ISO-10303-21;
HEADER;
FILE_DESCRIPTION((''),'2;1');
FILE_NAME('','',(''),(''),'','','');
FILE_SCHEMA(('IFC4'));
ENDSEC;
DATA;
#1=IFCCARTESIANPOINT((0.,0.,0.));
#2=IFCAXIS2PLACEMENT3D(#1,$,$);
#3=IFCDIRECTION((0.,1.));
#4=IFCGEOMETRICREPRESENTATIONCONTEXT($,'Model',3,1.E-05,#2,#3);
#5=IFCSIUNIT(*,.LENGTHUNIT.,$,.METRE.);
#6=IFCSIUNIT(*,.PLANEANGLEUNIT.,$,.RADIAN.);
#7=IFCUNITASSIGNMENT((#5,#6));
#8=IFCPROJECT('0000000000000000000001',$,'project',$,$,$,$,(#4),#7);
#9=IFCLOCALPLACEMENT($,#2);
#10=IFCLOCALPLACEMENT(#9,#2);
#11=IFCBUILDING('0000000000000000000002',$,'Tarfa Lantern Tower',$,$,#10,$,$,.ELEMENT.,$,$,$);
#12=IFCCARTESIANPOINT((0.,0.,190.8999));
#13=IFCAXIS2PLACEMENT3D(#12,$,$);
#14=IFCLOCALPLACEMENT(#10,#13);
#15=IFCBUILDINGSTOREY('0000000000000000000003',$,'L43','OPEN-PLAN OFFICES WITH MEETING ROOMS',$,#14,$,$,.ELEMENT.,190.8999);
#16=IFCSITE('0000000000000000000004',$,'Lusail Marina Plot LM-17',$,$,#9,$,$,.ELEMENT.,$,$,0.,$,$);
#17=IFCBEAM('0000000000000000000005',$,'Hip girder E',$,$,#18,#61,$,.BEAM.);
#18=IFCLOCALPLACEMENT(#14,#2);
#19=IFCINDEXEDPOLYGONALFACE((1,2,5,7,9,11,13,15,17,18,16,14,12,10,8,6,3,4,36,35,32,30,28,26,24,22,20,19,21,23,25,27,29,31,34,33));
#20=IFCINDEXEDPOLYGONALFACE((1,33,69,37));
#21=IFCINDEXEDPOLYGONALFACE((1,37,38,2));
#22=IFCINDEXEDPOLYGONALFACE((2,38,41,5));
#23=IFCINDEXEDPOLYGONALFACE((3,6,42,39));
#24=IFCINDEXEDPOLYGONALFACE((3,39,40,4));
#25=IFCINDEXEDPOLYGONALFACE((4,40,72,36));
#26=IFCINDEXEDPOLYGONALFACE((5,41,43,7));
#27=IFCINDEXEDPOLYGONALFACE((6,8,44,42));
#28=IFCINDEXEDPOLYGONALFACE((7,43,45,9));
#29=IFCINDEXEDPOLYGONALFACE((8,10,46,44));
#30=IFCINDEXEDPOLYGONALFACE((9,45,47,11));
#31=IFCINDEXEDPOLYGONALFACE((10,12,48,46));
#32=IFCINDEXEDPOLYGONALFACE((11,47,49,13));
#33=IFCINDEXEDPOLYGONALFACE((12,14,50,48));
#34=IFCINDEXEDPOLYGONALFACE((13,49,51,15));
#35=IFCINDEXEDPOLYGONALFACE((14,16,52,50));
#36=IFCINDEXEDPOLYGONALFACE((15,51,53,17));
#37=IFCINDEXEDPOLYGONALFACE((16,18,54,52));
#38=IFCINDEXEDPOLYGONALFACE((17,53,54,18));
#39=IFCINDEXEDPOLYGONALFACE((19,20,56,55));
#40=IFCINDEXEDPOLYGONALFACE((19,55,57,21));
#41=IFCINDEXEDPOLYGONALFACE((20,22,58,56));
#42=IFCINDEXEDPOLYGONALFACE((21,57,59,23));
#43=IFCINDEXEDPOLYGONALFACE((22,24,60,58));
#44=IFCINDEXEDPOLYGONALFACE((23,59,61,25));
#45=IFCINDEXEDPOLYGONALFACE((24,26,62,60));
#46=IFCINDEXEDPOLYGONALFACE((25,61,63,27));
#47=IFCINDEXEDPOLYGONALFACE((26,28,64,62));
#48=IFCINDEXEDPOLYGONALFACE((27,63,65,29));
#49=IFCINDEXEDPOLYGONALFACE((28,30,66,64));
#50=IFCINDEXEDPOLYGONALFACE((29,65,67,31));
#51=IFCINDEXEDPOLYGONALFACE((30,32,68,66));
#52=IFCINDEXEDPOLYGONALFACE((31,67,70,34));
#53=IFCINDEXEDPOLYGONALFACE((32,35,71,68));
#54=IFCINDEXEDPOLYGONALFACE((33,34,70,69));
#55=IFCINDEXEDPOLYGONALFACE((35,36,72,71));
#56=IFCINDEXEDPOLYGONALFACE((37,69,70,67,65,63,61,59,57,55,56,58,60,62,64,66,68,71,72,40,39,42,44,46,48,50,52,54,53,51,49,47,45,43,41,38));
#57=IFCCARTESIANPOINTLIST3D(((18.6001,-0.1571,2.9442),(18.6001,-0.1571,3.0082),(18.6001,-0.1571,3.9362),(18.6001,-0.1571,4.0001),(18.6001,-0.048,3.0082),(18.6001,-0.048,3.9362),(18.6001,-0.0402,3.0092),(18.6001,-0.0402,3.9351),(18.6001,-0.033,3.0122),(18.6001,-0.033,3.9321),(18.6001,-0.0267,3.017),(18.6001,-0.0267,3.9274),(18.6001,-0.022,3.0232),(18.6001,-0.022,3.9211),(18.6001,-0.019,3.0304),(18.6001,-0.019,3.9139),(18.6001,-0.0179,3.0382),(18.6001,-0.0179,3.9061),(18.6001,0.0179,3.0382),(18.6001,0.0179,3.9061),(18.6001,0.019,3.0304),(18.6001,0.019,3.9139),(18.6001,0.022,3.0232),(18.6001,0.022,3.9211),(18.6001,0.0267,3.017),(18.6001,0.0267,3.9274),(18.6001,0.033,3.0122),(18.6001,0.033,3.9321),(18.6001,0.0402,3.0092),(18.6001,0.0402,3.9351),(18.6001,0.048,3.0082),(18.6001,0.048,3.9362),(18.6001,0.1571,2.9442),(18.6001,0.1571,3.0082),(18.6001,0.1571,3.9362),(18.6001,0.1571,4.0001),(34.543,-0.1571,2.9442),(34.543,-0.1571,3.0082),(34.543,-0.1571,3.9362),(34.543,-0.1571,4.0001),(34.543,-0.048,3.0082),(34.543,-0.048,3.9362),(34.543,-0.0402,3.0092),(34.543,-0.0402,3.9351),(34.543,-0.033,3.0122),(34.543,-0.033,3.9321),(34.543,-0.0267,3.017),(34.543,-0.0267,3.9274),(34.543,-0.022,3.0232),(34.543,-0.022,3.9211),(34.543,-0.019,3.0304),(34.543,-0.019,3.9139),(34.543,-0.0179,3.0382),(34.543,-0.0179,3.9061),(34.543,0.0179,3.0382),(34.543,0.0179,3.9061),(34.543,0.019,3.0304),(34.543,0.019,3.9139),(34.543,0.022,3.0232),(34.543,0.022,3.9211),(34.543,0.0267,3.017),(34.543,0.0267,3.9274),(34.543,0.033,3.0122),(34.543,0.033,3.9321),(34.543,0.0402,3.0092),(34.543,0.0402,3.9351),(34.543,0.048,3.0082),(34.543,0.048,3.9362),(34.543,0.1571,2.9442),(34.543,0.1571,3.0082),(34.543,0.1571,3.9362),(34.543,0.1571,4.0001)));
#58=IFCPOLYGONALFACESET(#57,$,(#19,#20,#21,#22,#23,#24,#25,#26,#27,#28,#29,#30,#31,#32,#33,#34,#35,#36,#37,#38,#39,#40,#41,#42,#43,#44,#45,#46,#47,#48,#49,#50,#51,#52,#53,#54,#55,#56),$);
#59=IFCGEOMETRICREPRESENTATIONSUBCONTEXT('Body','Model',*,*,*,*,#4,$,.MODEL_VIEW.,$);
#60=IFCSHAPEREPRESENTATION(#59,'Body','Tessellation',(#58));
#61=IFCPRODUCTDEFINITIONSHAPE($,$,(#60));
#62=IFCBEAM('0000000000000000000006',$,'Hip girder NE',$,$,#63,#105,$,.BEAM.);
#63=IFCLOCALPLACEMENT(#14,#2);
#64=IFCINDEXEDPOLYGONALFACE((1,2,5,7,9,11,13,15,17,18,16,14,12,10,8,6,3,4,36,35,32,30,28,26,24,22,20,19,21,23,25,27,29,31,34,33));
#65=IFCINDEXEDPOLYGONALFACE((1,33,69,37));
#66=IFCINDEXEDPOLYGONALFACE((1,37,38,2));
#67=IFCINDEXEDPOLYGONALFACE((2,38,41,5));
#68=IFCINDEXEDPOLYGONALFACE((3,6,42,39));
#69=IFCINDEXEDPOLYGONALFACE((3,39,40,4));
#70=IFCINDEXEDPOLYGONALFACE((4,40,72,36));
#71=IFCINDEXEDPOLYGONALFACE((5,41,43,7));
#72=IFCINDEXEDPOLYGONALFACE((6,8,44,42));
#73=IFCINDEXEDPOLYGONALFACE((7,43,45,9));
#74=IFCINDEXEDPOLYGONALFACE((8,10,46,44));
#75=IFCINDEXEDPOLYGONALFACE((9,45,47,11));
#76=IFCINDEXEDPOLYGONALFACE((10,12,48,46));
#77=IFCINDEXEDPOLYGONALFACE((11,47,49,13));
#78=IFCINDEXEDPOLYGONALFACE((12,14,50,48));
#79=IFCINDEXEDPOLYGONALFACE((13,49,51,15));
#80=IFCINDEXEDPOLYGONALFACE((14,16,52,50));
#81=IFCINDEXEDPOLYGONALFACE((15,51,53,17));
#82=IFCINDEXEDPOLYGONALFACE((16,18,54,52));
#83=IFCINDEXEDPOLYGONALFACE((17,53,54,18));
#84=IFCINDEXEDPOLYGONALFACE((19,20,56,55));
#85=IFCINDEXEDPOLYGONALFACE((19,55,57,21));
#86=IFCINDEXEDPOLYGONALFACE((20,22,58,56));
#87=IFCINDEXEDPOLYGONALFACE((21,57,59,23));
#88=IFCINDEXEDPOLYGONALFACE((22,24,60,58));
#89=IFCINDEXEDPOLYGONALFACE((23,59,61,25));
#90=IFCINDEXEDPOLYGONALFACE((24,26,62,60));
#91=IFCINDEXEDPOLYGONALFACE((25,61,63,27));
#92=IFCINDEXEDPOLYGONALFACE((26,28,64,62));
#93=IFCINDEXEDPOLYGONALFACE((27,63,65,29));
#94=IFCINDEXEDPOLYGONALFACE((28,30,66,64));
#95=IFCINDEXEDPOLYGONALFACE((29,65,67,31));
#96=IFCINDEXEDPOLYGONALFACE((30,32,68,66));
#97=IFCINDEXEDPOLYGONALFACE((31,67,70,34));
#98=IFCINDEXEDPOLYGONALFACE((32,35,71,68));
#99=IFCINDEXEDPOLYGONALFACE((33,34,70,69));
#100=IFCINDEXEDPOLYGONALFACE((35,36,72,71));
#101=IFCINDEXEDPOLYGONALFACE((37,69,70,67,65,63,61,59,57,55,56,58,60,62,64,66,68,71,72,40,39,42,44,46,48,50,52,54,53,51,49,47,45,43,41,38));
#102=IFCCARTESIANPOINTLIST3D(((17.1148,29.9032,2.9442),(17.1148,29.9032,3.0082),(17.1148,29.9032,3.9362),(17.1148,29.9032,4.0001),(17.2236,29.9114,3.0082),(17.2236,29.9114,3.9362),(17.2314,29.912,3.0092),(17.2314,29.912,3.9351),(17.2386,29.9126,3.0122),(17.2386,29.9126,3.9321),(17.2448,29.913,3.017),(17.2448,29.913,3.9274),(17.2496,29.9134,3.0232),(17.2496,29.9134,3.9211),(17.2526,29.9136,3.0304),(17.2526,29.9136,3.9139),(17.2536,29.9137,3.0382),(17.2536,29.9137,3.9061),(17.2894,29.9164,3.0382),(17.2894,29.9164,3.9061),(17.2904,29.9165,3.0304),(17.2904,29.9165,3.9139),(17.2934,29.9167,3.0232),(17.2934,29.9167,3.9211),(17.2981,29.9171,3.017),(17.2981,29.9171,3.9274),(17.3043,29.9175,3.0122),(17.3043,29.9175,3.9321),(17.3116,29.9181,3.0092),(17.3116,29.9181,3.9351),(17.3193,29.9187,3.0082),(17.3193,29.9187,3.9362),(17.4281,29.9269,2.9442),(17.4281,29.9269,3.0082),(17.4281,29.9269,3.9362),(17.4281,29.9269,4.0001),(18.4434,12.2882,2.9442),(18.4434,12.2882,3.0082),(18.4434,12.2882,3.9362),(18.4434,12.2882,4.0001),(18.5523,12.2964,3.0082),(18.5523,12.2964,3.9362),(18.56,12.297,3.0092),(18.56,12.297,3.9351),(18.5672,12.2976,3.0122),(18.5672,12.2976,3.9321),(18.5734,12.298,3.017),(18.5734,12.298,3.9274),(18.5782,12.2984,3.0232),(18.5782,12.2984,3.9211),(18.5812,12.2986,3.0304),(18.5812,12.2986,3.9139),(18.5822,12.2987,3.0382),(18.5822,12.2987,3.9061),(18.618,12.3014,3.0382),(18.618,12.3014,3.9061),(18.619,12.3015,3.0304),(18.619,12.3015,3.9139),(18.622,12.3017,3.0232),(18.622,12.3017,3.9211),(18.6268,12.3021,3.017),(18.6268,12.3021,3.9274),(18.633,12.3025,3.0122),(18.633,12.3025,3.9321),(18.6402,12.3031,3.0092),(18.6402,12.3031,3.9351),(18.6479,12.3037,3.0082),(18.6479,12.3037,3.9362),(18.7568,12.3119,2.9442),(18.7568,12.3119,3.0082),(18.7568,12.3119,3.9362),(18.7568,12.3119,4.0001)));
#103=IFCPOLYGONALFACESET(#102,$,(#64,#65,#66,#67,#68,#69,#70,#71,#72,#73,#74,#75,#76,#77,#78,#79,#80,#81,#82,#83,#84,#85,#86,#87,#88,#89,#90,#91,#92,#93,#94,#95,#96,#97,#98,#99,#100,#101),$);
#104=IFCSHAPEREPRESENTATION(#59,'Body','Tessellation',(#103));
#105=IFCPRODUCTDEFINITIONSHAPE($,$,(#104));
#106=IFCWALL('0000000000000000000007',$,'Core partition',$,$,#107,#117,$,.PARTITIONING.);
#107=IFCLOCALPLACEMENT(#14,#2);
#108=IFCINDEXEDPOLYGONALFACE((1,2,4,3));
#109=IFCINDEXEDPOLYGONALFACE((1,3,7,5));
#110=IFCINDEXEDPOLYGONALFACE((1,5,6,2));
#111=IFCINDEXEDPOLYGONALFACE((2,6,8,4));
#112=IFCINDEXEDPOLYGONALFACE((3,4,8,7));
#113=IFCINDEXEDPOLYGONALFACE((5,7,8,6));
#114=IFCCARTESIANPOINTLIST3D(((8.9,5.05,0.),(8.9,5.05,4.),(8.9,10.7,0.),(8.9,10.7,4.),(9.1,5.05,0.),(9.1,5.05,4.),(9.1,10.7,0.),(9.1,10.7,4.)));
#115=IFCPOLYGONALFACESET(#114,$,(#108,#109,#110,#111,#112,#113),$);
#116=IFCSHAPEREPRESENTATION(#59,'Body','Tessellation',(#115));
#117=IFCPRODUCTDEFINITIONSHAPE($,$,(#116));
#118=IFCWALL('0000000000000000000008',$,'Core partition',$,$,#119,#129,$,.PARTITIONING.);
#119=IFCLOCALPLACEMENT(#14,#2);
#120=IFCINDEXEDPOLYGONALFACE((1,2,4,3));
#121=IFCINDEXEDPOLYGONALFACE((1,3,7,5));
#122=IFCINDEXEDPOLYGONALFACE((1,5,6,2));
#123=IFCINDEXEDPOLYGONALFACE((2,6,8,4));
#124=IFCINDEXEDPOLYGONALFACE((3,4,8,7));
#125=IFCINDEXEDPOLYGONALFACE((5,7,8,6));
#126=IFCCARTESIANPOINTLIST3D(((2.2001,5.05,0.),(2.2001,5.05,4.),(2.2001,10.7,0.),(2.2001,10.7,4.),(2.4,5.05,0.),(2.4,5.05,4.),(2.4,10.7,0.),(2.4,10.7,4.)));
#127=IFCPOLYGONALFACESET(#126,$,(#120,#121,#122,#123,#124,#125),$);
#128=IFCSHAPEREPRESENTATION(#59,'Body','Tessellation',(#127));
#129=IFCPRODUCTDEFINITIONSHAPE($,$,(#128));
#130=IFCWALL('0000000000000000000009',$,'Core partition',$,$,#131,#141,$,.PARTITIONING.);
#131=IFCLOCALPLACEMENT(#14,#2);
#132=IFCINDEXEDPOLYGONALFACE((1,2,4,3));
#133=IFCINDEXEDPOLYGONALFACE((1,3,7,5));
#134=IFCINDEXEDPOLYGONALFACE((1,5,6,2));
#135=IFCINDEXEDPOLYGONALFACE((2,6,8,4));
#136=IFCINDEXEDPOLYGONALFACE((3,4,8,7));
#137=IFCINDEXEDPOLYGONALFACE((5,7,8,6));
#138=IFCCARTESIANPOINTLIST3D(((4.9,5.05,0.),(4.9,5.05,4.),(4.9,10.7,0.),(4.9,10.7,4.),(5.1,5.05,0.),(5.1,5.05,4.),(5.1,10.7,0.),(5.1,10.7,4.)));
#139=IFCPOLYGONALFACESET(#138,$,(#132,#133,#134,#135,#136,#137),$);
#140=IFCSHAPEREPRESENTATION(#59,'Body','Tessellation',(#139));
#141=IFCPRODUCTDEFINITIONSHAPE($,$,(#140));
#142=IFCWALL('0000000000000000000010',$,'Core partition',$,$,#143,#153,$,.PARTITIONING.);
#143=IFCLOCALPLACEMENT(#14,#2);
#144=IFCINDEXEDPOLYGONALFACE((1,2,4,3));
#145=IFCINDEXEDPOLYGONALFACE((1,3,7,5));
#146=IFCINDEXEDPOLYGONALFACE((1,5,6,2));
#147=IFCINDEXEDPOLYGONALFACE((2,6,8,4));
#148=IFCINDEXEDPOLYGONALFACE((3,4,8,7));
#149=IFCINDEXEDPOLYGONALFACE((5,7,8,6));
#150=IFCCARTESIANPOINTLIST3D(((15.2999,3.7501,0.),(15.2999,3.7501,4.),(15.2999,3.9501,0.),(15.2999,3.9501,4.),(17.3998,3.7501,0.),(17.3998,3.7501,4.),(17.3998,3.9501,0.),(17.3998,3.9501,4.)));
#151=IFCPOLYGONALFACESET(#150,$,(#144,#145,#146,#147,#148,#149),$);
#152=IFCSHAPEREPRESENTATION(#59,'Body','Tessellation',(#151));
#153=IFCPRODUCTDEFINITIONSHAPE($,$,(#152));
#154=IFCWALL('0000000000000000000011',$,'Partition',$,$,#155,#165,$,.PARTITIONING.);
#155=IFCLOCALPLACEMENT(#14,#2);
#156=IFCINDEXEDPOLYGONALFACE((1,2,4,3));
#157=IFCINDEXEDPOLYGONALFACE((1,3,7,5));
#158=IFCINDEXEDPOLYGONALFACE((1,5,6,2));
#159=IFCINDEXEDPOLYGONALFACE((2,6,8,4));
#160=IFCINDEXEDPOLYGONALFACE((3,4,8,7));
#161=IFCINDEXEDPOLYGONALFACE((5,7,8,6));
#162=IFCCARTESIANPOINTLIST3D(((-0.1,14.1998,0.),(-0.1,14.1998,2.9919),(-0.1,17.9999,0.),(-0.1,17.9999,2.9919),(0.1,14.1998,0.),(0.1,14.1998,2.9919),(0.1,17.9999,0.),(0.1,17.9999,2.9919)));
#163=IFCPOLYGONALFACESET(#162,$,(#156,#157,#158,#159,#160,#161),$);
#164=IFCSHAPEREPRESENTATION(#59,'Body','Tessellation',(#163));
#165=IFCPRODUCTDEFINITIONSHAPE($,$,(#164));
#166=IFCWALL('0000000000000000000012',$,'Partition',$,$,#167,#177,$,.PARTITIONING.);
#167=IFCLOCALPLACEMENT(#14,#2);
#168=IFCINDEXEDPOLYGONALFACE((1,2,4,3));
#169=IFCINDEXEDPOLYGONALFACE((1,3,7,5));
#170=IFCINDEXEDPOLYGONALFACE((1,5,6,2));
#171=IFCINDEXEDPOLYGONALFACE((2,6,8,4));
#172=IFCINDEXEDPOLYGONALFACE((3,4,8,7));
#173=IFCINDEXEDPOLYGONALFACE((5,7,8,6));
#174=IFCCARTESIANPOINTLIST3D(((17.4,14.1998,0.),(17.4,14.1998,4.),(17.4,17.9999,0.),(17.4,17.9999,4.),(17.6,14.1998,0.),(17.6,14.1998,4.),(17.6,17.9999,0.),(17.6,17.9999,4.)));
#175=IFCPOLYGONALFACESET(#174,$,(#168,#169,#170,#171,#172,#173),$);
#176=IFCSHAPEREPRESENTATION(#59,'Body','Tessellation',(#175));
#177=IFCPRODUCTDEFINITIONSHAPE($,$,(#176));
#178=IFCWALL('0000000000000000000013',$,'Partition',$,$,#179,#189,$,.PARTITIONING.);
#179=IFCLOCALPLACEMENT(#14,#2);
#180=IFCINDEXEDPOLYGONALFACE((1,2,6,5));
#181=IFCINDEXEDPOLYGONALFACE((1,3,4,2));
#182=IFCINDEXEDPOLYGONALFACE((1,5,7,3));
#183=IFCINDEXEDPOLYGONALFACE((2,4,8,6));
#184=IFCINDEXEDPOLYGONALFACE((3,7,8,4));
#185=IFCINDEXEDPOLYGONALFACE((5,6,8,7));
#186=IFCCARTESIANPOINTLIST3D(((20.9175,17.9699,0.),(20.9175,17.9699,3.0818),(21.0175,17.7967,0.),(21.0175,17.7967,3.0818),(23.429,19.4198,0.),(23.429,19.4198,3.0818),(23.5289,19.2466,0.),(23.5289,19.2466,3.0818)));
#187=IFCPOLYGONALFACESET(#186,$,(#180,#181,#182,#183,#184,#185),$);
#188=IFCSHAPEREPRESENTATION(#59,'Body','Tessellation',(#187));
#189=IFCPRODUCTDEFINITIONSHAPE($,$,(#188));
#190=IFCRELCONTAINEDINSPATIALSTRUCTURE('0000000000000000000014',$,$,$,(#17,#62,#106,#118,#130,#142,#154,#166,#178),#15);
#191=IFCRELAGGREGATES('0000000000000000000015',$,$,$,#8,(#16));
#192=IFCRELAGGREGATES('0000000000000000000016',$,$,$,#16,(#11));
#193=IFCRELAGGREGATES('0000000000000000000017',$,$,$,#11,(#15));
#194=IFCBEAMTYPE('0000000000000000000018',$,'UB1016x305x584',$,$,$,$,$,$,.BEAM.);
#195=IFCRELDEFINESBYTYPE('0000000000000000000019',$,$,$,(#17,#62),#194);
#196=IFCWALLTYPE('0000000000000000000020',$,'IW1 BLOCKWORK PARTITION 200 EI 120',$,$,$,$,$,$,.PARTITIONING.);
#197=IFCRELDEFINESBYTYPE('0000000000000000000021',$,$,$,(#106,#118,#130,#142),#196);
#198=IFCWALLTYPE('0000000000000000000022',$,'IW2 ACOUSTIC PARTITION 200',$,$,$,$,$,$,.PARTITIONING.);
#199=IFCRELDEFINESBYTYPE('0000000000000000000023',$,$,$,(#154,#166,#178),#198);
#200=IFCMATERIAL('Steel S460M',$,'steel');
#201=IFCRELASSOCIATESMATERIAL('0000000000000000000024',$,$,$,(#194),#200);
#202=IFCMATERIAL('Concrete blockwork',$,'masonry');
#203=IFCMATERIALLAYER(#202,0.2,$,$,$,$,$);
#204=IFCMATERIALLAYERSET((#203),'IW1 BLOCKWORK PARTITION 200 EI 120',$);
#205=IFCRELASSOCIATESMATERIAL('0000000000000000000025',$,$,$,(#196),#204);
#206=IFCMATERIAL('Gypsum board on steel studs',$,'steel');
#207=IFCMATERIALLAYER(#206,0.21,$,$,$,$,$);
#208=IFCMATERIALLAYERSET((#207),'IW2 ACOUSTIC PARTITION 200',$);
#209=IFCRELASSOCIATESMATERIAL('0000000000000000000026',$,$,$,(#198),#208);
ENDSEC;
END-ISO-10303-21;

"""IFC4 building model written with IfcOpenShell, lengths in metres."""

from ifc_helpers import new_model, si_unit, direction, frame, frame_2d, origin, origin_2d, place, context, subcontext, project, spatial, rectangle, i_section, extrude, material, layer, layer_set, material_profile, profile_set, type_object, element, save


model = new_model("IFC4")

# Units and contexts
model_context = context("Model", 3, precision=1e-05, world=origin(), true_north=direction((0.0, 1.0)))
body_context = subcontext(model_context, "Body", "Model", "MODEL_VIEW")
ifc_project = project(units=[si_unit("LENGTHUNIT", "METRE"), si_unit("PLANEANGLEUNIT", "RADIAN")], contexts=[model_context])

# Site, building, storey
site_placement = place(None, origin())
site = spatial("IfcSite", under=ifc_project, at=site_placement, Name="Lusail Marina Plot LM-17", CompositionType="ELEMENT", RefElevation=0.0)
building_placement = place(site_placement, origin())
building = spatial("IfcBuilding", under=site, at=building_placement, Name="Tarfa Lantern Tower", CompositionType="ELEMENT")
storey_placement = place(building_placement, frame((0.0, 0.0, 190.8999)))
storey = spatial("IfcBuildingStorey", under=building, at=storey_placement, Name="L43", Description="OPEN-PLAN OFFICES WITH MEETING ROOMS", CompositionType="ELEMENT", Elevation=190.8999)

# Beams
ifc_material_1 = material(Name="Steel S460M", Category="steel")
ifc_material_profile = material_profile(ifc_material_1, i_section(OverallWidth=0.3142, OverallDepth=1.0559, WebThickness=0.0359, FlangeThickness=0.064, FilletRadius=0.03, at=origin_2d()), Name="UB1016x305x584")
ifc_profile_set = profile_set([ifc_material_profile], Name="Steel S460M")
beam_type = type_object("IfcBeamType", Name="UB1016x305x584", PredefinedType="BEAM", material=ifc_profile_set)
beam_1_placement = place(storey_placement, frame((18.6001, 0.0, 3.4722), z_axis=(1.0, 0.0, 0.0), x_axis=(0.0, 1.0, 0.0)))
element("IfcBeam", 1, at=beam_1_placement, inside=storey, type_object=beam_type, Name="Hip girder E", PredefinedType="BEAM", context=body_context, shape_type="SweptSolid", body=[
    extrude(i_section(OverallWidth=0.3142, OverallDepth=1.0559, WebThickness=0.0359, FlangeThickness=0.064, FilletRadius=0.03, at=origin_2d()), origin(), (0.0, 0.0, 1.0), 15.9429),
])
beam_2_placement = place(storey_placement, frame((18.6001, 12.3, 3.4722), z_axis=(-0.075212, 0.997168, 0.0), x_axis=(-0.997168, -0.075212, 0.0)))
element("IfcBeam", 2, at=beam_2_placement, inside=storey, type_object=beam_type, Name="Hip girder NE", PredefinedType="BEAM", context=body_context, shape_type="SweptSolid", body=[
    extrude(i_section(OverallWidth=0.3142, OverallDepth=1.0559, WebThickness=0.0359, FlangeThickness=0.064, FilletRadius=0.03, at=origin_2d()), origin(), (0.0, 0.0, 1.0), 17.665),
])

# Walls
ifc_material_2 = material(Name="Concrete blockwork", Category="masonry")
ifc_layer_1 = layer(ifc_material_2, 0.2)
ifc_layer_set_1 = layer_set([ifc_layer_1], Name="IW1 BLOCKWORK PARTITION 200 EI 120")
wall_type_1 = type_object("IfcWallType", Name="IW1 BLOCKWORK PARTITION 200 EI 120", PredefinedType="PARTITIONING", material=ifc_layer_set_1)
for number, where, z_axis, x_axis, name in (
    (3, (9.0, 5.05, 0.0), (0.0, 0.0, 1.0), (0.0, 1.0, 0.0), "Core partition"),
    (4, (2.3, 5.05, 0.0), (0.0, 0.0, 1.0), (0.0, 1.0, 0.0), "Core partition"),
    (5, (5.0, 5.05, 0.0), (0.0, 0.0, 1.0), (0.0, 1.0, 0.0), "Core partition"),
):
    element("IfcWall", number, at=place(storey_placement, frame(where, z_axis=z_axis, x_axis=x_axis)), inside=storey, type_object=wall_type_1, Name=name, PredefinedType="PARTITIONING", context=body_context, shape_type="SweptSolid", body=[
        extrude(rectangle(XDim=5.6499, YDim=0.2, at=frame_2d((2.825, 0.0))), origin(), (0.0, 0.0, 1.0), 4.0),
    ])
wall_1_placement = place(storey_placement, frame((15.3, 3.8501, 0.0), z_axis=(0.0, 0.0, 1.0), x_axis=(1.0, 0.0, 0.0)))
element("IfcWall", 6, at=wall_1_placement, inside=storey, type_object=wall_type_1, Name="Core partition", PredefinedType="PARTITIONING", context=body_context, shape_type="SweptSolid", body=[
    extrude(rectangle(XDim=2.0999, YDim=0.2, at=frame_2d((1.0498, 0.0))), origin(), (0.0, 0.0, 1.0), 4.0),
])
ifc_material_3 = material(Name="Gypsum board on steel studs", Category="steel")
ifc_layer_2 = layer(ifc_material_3, 0.21)
ifc_layer_set_2 = layer_set([ifc_layer_2], Name="IW2 ACOUSTIC PARTITION 200")
wall_type_2 = type_object("IfcWallType", Name="IW2 ACOUSTIC PARTITION 200", PredefinedType="PARTITIONING", material=ifc_layer_set_2)
wall_2_placement = place(storey_placement, frame((0.0, 14.2, 0.0), z_axis=(0.0, 0.0, 1.0), x_axis=(0.0, 1.0, 0.0)))
element("IfcWall", 7, at=wall_2_placement, inside=storey, type_object=wall_type_2, Name="Partition", PredefinedType="PARTITIONING", context=body_context, shape_type="SweptSolid", body=[
    extrude(rectangle(XDim=3.8, YDim=0.2, at=frame_2d((1.8999, 0.0))), origin(), (0.0, 0.0, 1.0), 2.9919),
])
wall_3_placement = place(storey_placement, frame((17.5, 14.2, 0.0), z_axis=(0.0, 0.0, 1.0), x_axis=(0.0, 1.0, 0.0)))
element("IfcWall", 8, at=wall_3_placement, inside=storey, type_object=wall_type_2, Name="Partition", PredefinedType="PARTITIONING", context=body_context, shape_type="SweptSolid", body=[
    extrude(rectangle(XDim=3.8, YDim=0.2, at=frame_2d((1.8999, 0.0))), origin(), (0.0, 0.0, 1.0), 4.0),
])
wall_4_placement = place(storey_placement, frame((20.9675, 17.8833, 0.0), z_axis=(0.0, 0.0, 1.0), x_axis=(0.866033, 0.499987, 0.0)))
element("IfcWall", 9, at=wall_4_placement, inside=storey, type_object=wall_type_2, Name="Partition", PredefinedType="PARTITIONING", context=body_context, shape_type="SweptSolid", body=[
    extrude(rectangle(XDim=2.8999, YDim=0.2, at=frame_2d((1.45, 0.0))), origin(), (0.0, 0.0, 1.0), 3.0818),
])

save(model, "model.ifc")
